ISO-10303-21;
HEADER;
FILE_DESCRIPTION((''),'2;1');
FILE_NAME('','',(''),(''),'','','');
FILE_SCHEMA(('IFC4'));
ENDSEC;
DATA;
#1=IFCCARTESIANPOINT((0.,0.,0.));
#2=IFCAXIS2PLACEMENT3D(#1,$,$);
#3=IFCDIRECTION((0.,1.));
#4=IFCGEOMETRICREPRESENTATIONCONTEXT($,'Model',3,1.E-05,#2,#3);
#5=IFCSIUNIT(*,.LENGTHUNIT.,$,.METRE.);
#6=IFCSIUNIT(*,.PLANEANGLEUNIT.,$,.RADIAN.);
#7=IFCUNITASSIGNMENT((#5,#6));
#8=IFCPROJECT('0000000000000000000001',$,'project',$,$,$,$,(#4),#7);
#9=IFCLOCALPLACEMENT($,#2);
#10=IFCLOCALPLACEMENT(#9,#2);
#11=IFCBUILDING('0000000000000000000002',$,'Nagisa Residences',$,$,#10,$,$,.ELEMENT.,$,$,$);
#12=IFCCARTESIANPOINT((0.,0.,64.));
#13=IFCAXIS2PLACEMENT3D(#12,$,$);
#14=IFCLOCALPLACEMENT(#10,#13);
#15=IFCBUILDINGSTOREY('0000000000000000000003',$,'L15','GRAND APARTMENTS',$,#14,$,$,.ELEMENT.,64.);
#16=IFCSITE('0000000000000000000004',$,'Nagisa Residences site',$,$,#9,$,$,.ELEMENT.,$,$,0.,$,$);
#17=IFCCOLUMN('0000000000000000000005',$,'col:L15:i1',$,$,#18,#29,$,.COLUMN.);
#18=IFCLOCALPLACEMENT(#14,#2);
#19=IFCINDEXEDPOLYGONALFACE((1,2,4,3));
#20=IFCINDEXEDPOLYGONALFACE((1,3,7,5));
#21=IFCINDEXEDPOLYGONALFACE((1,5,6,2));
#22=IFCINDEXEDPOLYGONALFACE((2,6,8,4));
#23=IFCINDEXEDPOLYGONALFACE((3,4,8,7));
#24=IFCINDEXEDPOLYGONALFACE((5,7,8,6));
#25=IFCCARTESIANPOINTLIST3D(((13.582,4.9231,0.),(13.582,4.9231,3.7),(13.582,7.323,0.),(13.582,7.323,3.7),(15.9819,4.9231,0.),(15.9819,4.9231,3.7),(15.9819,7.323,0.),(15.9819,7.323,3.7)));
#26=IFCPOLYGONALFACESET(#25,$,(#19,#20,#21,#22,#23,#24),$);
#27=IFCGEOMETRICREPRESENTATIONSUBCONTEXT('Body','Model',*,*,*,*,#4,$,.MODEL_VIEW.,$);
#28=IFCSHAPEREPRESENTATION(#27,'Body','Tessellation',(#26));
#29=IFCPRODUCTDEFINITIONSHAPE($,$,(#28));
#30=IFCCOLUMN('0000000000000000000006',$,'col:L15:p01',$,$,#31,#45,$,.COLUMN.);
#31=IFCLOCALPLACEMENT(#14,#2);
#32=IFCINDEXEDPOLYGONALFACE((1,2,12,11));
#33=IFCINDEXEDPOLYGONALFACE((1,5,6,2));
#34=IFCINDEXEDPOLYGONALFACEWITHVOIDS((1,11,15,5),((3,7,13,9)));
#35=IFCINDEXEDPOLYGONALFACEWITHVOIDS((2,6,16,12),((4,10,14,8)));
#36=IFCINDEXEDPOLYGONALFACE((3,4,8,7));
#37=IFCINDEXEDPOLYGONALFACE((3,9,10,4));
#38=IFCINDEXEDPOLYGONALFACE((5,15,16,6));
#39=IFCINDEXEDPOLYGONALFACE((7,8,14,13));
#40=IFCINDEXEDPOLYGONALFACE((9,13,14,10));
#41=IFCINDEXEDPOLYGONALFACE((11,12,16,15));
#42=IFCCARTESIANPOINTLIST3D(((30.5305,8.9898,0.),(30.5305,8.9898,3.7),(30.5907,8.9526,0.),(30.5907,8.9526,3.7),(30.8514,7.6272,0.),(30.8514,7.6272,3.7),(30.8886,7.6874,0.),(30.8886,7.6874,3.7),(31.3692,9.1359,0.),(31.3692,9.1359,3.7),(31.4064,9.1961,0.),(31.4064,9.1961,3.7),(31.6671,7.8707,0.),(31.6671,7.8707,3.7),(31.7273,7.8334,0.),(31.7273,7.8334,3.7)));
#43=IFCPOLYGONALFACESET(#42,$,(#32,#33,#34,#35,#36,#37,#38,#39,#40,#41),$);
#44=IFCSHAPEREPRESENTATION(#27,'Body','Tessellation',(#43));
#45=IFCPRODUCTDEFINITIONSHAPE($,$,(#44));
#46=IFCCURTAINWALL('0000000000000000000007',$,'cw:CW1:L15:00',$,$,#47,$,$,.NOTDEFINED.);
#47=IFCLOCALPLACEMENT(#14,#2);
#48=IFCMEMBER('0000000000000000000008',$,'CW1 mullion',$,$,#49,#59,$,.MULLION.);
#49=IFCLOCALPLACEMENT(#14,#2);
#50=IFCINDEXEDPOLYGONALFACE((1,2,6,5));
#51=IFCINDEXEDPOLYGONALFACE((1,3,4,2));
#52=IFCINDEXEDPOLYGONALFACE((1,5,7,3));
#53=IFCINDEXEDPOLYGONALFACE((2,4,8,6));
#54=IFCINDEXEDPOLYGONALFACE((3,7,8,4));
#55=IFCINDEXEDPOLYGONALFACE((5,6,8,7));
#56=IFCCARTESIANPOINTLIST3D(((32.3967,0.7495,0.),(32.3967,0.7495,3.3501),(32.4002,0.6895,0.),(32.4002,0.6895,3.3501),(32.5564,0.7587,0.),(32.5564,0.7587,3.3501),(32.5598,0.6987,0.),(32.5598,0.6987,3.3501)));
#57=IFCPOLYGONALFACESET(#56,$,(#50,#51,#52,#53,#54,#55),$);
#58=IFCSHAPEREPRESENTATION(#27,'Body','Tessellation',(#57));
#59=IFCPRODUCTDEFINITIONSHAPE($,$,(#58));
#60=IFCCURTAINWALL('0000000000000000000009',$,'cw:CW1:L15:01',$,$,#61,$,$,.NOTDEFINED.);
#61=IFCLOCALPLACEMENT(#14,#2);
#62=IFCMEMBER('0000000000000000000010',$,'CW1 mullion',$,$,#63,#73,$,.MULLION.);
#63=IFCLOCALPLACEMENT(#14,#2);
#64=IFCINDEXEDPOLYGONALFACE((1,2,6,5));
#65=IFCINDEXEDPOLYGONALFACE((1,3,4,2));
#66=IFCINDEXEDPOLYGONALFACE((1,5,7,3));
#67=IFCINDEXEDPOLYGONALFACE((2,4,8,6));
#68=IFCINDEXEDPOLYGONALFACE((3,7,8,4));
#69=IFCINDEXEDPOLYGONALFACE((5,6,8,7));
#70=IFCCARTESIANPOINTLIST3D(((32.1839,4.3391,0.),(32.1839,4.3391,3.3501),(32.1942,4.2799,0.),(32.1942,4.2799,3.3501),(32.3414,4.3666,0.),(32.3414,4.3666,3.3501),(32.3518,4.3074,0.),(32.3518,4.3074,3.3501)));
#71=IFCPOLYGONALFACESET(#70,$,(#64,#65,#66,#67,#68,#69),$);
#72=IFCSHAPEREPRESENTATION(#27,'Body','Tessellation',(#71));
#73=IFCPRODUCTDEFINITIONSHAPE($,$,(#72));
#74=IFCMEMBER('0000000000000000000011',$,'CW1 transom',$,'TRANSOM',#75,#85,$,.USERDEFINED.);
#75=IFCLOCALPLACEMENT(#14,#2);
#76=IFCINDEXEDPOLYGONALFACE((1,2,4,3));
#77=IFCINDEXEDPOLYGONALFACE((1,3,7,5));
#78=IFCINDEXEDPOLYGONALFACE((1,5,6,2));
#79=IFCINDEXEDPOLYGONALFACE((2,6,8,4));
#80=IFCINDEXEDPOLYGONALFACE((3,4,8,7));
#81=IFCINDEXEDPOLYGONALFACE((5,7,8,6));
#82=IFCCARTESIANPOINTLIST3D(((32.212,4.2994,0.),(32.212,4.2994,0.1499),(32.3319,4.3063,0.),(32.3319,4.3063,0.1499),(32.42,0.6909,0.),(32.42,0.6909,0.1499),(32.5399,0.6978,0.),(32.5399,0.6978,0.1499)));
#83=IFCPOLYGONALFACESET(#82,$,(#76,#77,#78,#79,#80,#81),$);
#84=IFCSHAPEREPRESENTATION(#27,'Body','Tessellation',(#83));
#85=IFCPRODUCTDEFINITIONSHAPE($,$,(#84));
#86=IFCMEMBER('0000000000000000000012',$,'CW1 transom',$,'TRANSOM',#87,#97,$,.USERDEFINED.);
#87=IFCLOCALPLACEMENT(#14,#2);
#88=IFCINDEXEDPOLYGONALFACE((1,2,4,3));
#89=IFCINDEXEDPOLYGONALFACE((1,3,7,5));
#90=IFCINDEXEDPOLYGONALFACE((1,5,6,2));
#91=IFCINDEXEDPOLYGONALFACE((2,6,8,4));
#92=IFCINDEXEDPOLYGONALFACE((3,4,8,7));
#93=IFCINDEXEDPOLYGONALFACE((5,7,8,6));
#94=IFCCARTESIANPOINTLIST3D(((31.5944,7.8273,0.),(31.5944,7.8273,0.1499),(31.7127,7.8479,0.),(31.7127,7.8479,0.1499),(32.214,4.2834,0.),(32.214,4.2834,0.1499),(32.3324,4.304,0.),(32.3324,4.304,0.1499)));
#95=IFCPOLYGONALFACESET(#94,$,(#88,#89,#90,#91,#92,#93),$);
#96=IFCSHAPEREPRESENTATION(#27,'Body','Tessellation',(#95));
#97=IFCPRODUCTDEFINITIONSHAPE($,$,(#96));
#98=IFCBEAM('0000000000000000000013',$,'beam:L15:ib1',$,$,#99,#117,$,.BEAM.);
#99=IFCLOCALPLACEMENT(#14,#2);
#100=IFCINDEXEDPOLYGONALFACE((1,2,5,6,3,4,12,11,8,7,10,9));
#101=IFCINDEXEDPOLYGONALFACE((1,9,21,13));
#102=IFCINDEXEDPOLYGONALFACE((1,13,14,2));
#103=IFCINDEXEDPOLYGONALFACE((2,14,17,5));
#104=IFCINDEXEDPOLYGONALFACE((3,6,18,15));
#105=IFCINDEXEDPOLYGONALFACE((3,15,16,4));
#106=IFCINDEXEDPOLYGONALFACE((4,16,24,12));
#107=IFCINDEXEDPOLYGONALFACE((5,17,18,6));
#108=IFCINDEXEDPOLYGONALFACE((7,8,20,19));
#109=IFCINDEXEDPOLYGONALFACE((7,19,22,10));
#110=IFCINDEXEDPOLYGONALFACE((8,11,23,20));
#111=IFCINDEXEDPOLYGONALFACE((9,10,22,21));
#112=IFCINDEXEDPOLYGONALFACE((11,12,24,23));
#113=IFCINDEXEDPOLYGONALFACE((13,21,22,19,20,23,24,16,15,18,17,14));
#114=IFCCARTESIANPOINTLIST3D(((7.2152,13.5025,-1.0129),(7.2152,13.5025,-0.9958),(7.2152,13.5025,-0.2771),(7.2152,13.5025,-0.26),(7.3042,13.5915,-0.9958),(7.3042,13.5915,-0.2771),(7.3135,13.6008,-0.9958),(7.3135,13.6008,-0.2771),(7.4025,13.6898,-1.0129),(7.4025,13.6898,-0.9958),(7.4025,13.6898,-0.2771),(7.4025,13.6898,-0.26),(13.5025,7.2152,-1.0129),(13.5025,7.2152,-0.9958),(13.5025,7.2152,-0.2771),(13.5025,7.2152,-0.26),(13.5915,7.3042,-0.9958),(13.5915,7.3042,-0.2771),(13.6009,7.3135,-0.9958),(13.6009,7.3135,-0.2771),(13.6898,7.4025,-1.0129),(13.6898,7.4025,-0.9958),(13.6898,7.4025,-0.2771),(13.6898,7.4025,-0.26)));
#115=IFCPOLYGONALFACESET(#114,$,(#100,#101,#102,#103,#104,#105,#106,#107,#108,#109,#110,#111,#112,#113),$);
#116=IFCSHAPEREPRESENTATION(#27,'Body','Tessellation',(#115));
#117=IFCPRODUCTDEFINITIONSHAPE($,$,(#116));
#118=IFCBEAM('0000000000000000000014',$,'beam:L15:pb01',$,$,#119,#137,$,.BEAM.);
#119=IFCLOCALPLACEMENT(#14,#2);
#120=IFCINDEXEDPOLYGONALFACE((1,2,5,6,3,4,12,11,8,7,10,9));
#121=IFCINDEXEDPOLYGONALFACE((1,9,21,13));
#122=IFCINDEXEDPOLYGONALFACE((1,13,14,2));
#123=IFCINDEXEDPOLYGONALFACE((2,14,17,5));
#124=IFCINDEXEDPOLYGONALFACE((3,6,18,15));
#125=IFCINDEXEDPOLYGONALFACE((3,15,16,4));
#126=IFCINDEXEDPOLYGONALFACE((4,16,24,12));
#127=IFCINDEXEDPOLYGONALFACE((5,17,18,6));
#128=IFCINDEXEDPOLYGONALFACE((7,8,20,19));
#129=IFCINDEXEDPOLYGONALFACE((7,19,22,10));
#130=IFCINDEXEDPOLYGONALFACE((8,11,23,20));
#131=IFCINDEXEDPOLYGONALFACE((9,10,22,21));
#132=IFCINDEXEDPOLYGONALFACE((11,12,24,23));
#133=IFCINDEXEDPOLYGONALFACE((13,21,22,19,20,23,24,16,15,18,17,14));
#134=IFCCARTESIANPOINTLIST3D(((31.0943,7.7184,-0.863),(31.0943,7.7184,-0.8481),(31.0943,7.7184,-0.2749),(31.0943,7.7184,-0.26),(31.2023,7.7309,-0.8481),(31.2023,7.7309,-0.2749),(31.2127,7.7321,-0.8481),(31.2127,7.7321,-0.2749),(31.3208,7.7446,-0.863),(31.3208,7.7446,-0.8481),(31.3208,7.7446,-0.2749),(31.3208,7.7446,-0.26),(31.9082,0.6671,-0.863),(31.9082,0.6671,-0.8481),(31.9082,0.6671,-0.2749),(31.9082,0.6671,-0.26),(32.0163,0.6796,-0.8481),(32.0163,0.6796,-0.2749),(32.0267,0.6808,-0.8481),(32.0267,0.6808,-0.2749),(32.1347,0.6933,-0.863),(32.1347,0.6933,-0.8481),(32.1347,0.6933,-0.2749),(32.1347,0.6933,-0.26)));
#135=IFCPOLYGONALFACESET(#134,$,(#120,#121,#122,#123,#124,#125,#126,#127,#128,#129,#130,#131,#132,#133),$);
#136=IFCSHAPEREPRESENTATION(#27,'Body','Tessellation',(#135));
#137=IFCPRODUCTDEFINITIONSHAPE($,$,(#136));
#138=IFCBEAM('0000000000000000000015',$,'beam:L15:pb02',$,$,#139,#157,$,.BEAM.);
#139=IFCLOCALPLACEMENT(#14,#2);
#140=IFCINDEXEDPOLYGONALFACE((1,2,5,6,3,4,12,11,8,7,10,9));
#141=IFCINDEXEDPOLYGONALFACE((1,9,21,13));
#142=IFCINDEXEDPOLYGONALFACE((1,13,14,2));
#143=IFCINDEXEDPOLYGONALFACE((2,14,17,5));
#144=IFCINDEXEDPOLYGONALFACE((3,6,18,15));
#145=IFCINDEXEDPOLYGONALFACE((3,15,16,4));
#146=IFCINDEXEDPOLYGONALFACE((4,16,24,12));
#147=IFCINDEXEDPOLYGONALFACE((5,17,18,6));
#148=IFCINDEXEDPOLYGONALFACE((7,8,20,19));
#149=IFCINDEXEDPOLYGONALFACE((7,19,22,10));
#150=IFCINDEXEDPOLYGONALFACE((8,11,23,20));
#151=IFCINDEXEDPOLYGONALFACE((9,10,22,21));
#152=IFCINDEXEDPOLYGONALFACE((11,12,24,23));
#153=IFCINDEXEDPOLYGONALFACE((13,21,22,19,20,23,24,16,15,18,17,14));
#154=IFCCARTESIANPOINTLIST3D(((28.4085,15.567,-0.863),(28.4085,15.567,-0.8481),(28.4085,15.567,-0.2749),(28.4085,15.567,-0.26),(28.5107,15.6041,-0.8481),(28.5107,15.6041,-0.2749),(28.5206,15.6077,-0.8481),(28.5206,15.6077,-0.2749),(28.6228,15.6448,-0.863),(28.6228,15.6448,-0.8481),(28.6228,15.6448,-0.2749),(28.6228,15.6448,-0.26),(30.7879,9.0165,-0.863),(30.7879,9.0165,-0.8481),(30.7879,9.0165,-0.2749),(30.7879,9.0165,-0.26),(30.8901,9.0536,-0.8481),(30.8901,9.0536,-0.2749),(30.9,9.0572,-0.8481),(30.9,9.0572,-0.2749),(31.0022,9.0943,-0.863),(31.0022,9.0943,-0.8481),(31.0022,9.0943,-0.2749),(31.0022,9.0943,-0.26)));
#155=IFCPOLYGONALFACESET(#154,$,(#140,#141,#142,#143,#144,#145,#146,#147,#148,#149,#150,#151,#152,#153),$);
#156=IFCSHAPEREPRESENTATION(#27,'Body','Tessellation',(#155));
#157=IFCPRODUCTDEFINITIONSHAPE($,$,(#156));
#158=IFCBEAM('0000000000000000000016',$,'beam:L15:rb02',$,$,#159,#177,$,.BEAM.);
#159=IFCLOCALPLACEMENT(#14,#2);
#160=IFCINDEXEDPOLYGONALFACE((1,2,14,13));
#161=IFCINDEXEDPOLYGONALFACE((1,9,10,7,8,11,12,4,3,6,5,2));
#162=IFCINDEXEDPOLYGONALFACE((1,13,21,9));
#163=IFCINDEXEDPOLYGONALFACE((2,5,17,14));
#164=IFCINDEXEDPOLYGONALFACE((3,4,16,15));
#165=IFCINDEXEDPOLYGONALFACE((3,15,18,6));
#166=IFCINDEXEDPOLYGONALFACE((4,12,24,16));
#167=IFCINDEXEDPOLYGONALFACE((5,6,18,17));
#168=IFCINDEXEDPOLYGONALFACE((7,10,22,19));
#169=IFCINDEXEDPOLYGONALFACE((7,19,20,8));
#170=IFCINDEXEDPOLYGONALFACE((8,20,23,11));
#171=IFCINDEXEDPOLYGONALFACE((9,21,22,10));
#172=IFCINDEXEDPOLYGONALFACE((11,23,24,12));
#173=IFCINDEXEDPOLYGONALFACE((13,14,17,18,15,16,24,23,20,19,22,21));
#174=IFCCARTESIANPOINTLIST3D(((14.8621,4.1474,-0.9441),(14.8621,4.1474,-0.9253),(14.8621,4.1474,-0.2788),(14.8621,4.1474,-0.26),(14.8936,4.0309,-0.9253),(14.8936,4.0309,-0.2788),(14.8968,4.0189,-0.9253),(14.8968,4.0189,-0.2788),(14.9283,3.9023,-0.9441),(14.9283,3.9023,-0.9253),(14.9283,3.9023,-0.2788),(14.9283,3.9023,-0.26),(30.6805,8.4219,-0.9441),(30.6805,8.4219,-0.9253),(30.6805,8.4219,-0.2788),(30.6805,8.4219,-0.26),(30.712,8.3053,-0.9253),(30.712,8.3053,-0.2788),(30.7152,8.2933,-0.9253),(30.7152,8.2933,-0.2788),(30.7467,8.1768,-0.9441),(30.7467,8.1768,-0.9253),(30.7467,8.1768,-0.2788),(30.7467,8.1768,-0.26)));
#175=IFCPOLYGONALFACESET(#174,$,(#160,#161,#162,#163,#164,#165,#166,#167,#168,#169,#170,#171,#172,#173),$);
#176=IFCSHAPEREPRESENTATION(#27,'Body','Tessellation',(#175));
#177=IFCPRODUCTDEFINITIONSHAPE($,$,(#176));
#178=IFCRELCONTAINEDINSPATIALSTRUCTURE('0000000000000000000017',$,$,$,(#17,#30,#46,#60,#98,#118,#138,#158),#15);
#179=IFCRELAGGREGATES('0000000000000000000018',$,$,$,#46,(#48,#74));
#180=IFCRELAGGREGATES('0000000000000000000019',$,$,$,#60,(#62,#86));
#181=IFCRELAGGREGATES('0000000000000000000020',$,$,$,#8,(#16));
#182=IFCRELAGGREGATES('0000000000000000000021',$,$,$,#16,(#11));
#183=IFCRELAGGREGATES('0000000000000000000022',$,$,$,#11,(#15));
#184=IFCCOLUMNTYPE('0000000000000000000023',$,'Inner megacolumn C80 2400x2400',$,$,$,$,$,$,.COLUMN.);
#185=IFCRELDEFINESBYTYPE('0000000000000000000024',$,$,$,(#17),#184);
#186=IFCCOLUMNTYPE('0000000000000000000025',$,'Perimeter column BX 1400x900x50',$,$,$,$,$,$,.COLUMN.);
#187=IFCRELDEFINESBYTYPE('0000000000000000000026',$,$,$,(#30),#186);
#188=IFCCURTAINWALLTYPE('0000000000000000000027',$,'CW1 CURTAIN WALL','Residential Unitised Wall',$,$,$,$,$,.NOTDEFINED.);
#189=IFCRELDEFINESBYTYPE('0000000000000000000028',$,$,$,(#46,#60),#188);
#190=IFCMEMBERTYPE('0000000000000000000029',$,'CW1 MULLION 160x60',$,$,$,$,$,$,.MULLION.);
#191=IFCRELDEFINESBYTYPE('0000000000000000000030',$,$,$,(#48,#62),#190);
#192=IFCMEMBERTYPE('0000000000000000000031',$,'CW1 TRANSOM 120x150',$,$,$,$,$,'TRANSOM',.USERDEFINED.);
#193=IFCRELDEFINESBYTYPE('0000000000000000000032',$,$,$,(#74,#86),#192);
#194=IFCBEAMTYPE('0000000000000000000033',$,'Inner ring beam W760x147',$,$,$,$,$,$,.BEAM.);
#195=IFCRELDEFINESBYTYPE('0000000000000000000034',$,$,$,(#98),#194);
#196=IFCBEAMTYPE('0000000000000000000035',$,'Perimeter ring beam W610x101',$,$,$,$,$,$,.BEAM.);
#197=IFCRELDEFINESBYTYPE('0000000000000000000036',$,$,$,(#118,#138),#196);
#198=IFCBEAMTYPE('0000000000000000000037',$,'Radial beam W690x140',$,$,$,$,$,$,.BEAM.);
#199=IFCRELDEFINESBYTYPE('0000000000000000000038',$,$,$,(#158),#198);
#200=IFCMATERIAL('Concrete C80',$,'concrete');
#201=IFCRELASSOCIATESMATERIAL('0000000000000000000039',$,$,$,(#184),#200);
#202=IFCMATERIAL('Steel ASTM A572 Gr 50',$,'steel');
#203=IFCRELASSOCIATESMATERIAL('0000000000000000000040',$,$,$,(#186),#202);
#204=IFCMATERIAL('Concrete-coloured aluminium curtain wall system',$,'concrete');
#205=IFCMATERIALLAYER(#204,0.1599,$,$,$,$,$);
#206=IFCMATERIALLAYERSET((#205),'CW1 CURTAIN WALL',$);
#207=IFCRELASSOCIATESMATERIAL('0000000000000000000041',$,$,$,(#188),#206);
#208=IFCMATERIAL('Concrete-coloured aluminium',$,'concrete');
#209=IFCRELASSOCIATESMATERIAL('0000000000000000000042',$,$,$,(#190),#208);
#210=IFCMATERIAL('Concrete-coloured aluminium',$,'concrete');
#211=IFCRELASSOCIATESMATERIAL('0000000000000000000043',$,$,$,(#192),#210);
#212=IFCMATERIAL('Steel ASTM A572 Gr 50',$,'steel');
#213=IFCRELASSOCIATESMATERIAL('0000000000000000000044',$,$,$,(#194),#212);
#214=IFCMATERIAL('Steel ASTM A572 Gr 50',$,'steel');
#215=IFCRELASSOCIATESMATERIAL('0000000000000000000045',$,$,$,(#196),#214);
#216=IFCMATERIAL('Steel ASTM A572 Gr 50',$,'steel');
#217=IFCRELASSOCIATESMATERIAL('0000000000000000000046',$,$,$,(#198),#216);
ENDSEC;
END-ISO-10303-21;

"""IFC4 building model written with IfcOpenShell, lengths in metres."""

from ifc_helpers import new_model, si_unit, direction, frame, origin, origin_2d, place, context, subcontext, project, spatial, rectangle, hollow_rectangle, i_section, extrude, material, layer, layer_set, material_profile, profile_set, type_object, element, aggregate, save


model = new_model("IFC4")

# Units and contexts
model_context = context("Model", 3, precision=1e-05, world=origin(), true_north=direction((0.0, 1.0)))
body_context = subcontext(model_context, "Body", "Model", "MODEL_VIEW")
ifc_project = project(units=[si_unit("LENGTHUNIT", "METRE"), si_unit("PLANEANGLEUNIT", "RADIAN")], contexts=[model_context])

# Site, building, storey
site_placement = place(None, origin())
site = spatial("IfcSite", under=ifc_project, at=site_placement, Name="Nagisa Residences site", CompositionType="ELEMENT", RefElevation=0.0)
building_placement = place(site_placement, origin())
building = spatial("IfcBuilding", under=site, at=building_placement, Name="Nagisa Residences", CompositionType="ELEMENT")
storey_placement = place(building_placement, frame((0.0, 0.0, 64.0)))
storey = spatial("IfcBuildingStorey", under=building, at=storey_placement, Name="L15", Description="GRAND APARTMENTS", CompositionType="ELEMENT", Elevation=64.0)

# Columns
ifc_material_1 = material(Name="Concrete C80", Category="concrete")
ifc_material_profile_1 = material_profile(ifc_material_1, rectangle(XDim=2.3999, YDim=2.3999, at=origin_2d()), Name="C80 2400x2400")
ifc_profile_set_1 = profile_set([ifc_material_profile_1], Name="Concrete C80")
column_type_1 = type_object("IfcColumnType", Name="Inner megacolumn C80 2400x2400", PredefinedType="COLUMN", material=ifc_profile_set_1)
column_1_placement = place(storey_placement, frame((14.782, 6.123, 0.0), z_axis=(0.0, 0.0, 1.0), x_axis=(1.0, 0.0, 0.0)))
element("IfcColumn", 1, at=column_1_placement, inside=storey, type_object=column_type_1, Name="col:L15:i1", PredefinedType="COLUMN", context=body_context, shape_type="SweptSolid", body=[
    extrude(rectangle(XDim=2.3999, YDim=2.3999, at=origin_2d()), origin(), (0.0, 0.0, 1.0), 3.7),
])
ifc_material_2 = material(Name="Steel ASTM A572 Gr 50", Category="steel")
ifc_material_profile_2 = material_profile(ifc_material_2, hollow_rectangle(XDim=1.3999, YDim=0.8999, WallThickness=0.05, at=origin_2d()), Name="BX 1400x900x50")
ifc_profile_set_2 = profile_set([ifc_material_profile_2], Name="Steel ASTM A572 Gr 50")
column_type_2 = type_object("IfcColumnType", Name="Perimeter column BX 1400x900x50", PredefinedType="COLUMN", material=ifc_profile_set_2)
column_2_placement = place(storey_placement, frame((31.1289, 8.4116, 0.0), z_axis=(0.0, 0.0, 1.0), x_axis=(-0.229202, 0.973379, 0.0)))
element("IfcColumn", 2, at=column_2_placement, inside=storey, type_object=column_type_2, Name="col:L15:p01", PredefinedType="COLUMN", context=body_context, shape_type="SweptSolid", body=[
    extrude(hollow_rectangle(XDim=1.3999, YDim=0.8999, WallThickness=0.05, at=origin_2d()), origin(), (0.0, 0.0, 1.0), 3.7),
])

# Curtain walls, members
ifc_material_3 = material(Name="Concrete-coloured aluminium curtain wall system", Category="concrete")
ifc_layer_1 = layer(ifc_material_3, 0.1599)
ifc_layer_set_1 = layer_set([ifc_layer_1], Name="CW1 CURTAIN WALL")
curtain_wall_type = type_object("IfcCurtainWallType", Name="CW1 CURTAIN WALL", Description="Residential Unitised Wall", PredefinedType="NOTDEFINED", material=ifc_layer_set_1)
curtain_wall_1_placement = place(storey_placement, origin())
curtain_wall_1 = element("IfcCurtainWall", 3, at=curtain_wall_1_placement, inside=storey, type_object=curtain_wall_type, Name="cw:CW1:L15:00", PredefinedType="NOTDEFINED")
ifc_material_4 = material(Name="Concrete-coloured aluminium", Category="concrete")
ifc_material_profile_3 = material_profile(ifc_material_4, rectangle(XDim=0.1599, YDim=0.0601, at=origin_2d()), Name="CW1 MULLION 160x60")
ifc_profile_set_3 = profile_set([ifc_material_profile_3], Name="Concrete-coloured aluminium")
member_type_1 = type_object("IfcMemberType", Name="CW1 MULLION 160x60", PredefinedType="MULLION", material=ifc_profile_set_3)
member_1_placement = place(storey_placement, frame((32.4783, 0.7241, 0.0), z_axis=(0.0, 0.0, 1.0), x_axis=(-0.998345, -0.057503, 0.0)))
member_1 = element("IfcMember", 4, at=member_1_placement, type_object=member_type_1, Name="CW1 mullion", PredefinedType="MULLION", context=body_context, shape_type="SweptSolid", body=[
    extrude(rectangle(XDim=0.1599, YDim=0.0601, at=origin_2d()), origin(), (0.0, 0.0, 1.0), 3.3501),
])
curtain_wall_2_placement = place(storey_placement, origin())
curtain_wall_2 = element("IfcCurtainWall", 5, at=curtain_wall_2_placement, inside=storey, type_object=curtain_wall_type, Name="cw:CW1:L15:01", PredefinedType="NOTDEFINED")
member_2_placement = place(storey_placement, frame((32.2678, 4.3232, 0.0), z_axis=(0.0, 0.0, 1.0), x_axis=(-0.985064, -0.172191, 0.0)))
member_2 = element("IfcMember", 6, at=member_2_placement, type_object=member_type_1, Name="CW1 mullion", PredefinedType="MULLION", context=body_context, shape_type="SweptSolid", body=[
    extrude(rectangle(XDim=0.1599, YDim=0.0601, at=origin_2d()), origin(), (0.0, 0.0, 1.0), 3.3501),
])

# Members
ifc_material_5 = material(Name="Concrete-coloured aluminium", Category="concrete")
ifc_material_profile_4 = material_profile(ifc_material_5, rectangle(XDim=0.1201, YDim=0.1499, at=origin_2d()), Name="CW1 TRANSOM 120x150")
ifc_profile_set_4 = profile_set([ifc_material_profile_4], Name="Concrete-coloured aluminium")
member_type_2 = type_object("IfcMemberType", Name="CW1 TRANSOM 120x150", ElementType="TRANSOM", PredefinedType="USERDEFINED", material=ifc_profile_set_4)
member_3_placement = place(storey_placement, frame((32.48, 0.6943, 0.075), z_axis=(-0.05755, 0.998343, 0.0), x_axis=(-0.998343, -0.05755, 0.0)))
member_3 = element("IfcMember", 7, at=member_3_placement, type_object=member_type_2, Name="CW1 transom", ObjectType="TRANSOM", PredefinedType="USERDEFINED", context=body_context, shape_type="SweptSolid", body=[
    extrude(rectangle(XDim=0.1201, YDim=0.1499, at=origin_2d()), origin(), (0.0, 0.0, 1.0), 3.6145),
])
member_4_placement = place(storey_placement, frame((32.2732, 4.2937, 0.075), z_axis=(-0.172229, 0.985057, 0.0), x_axis=(-0.985057, -0.172229, 0.0)))
member_4 = element("IfcMember", 8, at=member_4_placement, type_object=member_type_2, Name="CW1 transom", ObjectType="TRANSOM", PredefinedType="USERDEFINED", context=body_context, shape_type="SweptSolid", body=[
    extrude(rectangle(XDim=0.1201, YDim=0.1499, at=origin_2d()), origin(), (0.0, 0.0, 1.0), 3.5977),
])

# Beams
ifc_material_6 = material(Name="Steel ASTM A572 Gr 50", Category="steel")
ifc_material_profile_5 = material_profile(ifc_material_6, i_section(OverallWidth=0.2649, OverallDepth=0.7529, WebThickness=0.0132, FlangeThickness=0.0171, at=origin_2d()), Name="W760x147")
ifc_profile_set_5 = profile_set([ifc_material_profile_5], Name="Steel ASTM A572 Gr 50")
beam_type_1 = type_object("IfcBeamType", Name="Inner ring beam W760x147", PredefinedType="BEAM", material=ifc_profile_set_5)
beam_1_placement = place(storey_placement, frame((13.5962, 7.3088, -0.6365), z_axis=(-0.707107, 0.707107, 0.0), x_axis=(-0.707107, -0.707107, 0.0)))
element("IfcBeam", 9, at=beam_1_placement, inside=storey, type_object=beam_type_1, Name="beam:L15:ib1", PredefinedType="BEAM", context=body_context, shape_type="SweptSolid", body=[
    extrude(i_section(OverallWidth=0.2649, OverallDepth=0.7529, WebThickness=0.0132, FlangeThickness=0.0171, at=origin_2d()), origin(), (0.0, 0.0, 1.0), 8.8916),
])
ifc_material_7 = material(Name="Steel ASTM A572 Gr 50", Category="steel")
ifc_material_profile_6 = material_profile(ifc_material_7, i_section(OverallWidth=0.228, OverallDepth=0.603, WebThickness=0.0105, FlangeThickness=0.0149, at=origin_2d()), Name="W610x101")
ifc_profile_set_6 = profile_set([ifc_material_profile_6], Name="Steel ASTM A572 Gr 50")
beam_type_2 = type_object("IfcBeamType", Name="Perimeter ring beam W610x101", PredefinedType="BEAM", material=ifc_profile_set_6)
beam_2_placement = place(storey_placement, frame((32.0215, 0.6802, -0.5615), z_axis=(-0.114674, 0.993403, 0.0), x_axis=(-0.993403, -0.114674, 0.0)))
element("IfcBeam", 10, at=beam_2_placement, inside=storey, type_object=beam_type_2, Name="beam:L15:pb01", PredefinedType="BEAM", context=body_context, shape_type="SweptSolid", body=[
    extrude(i_section(OverallWidth=0.228, OverallDepth=0.603, WebThickness=0.0105, FlangeThickness=0.0149, at=origin_2d()), origin(), (0.0, 0.0, 1.0), 7.0981),
])
beam_3_placement = place(storey_placement, frame((30.895, 9.0554, -0.5615), z_axis=(-0.341411, 0.939914, 0.0), x_axis=(-0.939914, -0.341411, 0.0)))
element("IfcBeam", 11, at=beam_3_placement, inside=storey, type_object=beam_type_2, Name="beam:L15:pb02", PredefinedType="BEAM", context=body_context, shape_type="SweptSolid", body=[
    extrude(i_section(OverallWidth=0.228, OverallDepth=0.603, WebThickness=0.0105, FlangeThickness=0.0149, at=origin_2d()), origin(), (0.0, 0.0, 1.0), 6.9692),
])
ifc_material_8 = material(Name="Steel ASTM A572 Gr 50", Category="steel")
ifc_material_profile_7 = material_profile(ifc_material_8, i_section(OverallWidth=0.2539, OverallDepth=0.6841, WebThickness=0.0125, FlangeThickness=0.0188, at=origin_2d()), Name="W690x140")
ifc_profile_set_7 = profile_set([ifc_material_profile_7], Name="Steel ASTM A572 Gr 50")
beam_type_3 = type_object("IfcBeamType", Name="Radial beam W690x140", PredefinedType="BEAM", material=ifc_profile_set_7)
beam_4_placement = place(storey_placement, frame((30.7136, 8.2993, -0.6021), z_axis=(-0.965376, -0.260862, 0.0), x_axis=(0.260862, -0.965376, 0.0)))
element("IfcBeam", 12, at=beam_4_placement, inside=storey, type_object=beam_type_3, Name="beam:L15:rb02", PredefinedType="BEAM", context=body_context, shape_type="SweptSolid", body=[
    extrude(i_section(OverallWidth=0.2539, OverallDepth=0.6841, WebThickness=0.0125, FlangeThickness=0.0188, at=origin_2d()), origin(), (0.0, 0.0, 1.0), 16.3857),
])

aggregate(curtain_wall_1, [member_1, member_3])
aggregate(curtain_wall_2, [member_2, member_4])

save(model, "model.ifc")
